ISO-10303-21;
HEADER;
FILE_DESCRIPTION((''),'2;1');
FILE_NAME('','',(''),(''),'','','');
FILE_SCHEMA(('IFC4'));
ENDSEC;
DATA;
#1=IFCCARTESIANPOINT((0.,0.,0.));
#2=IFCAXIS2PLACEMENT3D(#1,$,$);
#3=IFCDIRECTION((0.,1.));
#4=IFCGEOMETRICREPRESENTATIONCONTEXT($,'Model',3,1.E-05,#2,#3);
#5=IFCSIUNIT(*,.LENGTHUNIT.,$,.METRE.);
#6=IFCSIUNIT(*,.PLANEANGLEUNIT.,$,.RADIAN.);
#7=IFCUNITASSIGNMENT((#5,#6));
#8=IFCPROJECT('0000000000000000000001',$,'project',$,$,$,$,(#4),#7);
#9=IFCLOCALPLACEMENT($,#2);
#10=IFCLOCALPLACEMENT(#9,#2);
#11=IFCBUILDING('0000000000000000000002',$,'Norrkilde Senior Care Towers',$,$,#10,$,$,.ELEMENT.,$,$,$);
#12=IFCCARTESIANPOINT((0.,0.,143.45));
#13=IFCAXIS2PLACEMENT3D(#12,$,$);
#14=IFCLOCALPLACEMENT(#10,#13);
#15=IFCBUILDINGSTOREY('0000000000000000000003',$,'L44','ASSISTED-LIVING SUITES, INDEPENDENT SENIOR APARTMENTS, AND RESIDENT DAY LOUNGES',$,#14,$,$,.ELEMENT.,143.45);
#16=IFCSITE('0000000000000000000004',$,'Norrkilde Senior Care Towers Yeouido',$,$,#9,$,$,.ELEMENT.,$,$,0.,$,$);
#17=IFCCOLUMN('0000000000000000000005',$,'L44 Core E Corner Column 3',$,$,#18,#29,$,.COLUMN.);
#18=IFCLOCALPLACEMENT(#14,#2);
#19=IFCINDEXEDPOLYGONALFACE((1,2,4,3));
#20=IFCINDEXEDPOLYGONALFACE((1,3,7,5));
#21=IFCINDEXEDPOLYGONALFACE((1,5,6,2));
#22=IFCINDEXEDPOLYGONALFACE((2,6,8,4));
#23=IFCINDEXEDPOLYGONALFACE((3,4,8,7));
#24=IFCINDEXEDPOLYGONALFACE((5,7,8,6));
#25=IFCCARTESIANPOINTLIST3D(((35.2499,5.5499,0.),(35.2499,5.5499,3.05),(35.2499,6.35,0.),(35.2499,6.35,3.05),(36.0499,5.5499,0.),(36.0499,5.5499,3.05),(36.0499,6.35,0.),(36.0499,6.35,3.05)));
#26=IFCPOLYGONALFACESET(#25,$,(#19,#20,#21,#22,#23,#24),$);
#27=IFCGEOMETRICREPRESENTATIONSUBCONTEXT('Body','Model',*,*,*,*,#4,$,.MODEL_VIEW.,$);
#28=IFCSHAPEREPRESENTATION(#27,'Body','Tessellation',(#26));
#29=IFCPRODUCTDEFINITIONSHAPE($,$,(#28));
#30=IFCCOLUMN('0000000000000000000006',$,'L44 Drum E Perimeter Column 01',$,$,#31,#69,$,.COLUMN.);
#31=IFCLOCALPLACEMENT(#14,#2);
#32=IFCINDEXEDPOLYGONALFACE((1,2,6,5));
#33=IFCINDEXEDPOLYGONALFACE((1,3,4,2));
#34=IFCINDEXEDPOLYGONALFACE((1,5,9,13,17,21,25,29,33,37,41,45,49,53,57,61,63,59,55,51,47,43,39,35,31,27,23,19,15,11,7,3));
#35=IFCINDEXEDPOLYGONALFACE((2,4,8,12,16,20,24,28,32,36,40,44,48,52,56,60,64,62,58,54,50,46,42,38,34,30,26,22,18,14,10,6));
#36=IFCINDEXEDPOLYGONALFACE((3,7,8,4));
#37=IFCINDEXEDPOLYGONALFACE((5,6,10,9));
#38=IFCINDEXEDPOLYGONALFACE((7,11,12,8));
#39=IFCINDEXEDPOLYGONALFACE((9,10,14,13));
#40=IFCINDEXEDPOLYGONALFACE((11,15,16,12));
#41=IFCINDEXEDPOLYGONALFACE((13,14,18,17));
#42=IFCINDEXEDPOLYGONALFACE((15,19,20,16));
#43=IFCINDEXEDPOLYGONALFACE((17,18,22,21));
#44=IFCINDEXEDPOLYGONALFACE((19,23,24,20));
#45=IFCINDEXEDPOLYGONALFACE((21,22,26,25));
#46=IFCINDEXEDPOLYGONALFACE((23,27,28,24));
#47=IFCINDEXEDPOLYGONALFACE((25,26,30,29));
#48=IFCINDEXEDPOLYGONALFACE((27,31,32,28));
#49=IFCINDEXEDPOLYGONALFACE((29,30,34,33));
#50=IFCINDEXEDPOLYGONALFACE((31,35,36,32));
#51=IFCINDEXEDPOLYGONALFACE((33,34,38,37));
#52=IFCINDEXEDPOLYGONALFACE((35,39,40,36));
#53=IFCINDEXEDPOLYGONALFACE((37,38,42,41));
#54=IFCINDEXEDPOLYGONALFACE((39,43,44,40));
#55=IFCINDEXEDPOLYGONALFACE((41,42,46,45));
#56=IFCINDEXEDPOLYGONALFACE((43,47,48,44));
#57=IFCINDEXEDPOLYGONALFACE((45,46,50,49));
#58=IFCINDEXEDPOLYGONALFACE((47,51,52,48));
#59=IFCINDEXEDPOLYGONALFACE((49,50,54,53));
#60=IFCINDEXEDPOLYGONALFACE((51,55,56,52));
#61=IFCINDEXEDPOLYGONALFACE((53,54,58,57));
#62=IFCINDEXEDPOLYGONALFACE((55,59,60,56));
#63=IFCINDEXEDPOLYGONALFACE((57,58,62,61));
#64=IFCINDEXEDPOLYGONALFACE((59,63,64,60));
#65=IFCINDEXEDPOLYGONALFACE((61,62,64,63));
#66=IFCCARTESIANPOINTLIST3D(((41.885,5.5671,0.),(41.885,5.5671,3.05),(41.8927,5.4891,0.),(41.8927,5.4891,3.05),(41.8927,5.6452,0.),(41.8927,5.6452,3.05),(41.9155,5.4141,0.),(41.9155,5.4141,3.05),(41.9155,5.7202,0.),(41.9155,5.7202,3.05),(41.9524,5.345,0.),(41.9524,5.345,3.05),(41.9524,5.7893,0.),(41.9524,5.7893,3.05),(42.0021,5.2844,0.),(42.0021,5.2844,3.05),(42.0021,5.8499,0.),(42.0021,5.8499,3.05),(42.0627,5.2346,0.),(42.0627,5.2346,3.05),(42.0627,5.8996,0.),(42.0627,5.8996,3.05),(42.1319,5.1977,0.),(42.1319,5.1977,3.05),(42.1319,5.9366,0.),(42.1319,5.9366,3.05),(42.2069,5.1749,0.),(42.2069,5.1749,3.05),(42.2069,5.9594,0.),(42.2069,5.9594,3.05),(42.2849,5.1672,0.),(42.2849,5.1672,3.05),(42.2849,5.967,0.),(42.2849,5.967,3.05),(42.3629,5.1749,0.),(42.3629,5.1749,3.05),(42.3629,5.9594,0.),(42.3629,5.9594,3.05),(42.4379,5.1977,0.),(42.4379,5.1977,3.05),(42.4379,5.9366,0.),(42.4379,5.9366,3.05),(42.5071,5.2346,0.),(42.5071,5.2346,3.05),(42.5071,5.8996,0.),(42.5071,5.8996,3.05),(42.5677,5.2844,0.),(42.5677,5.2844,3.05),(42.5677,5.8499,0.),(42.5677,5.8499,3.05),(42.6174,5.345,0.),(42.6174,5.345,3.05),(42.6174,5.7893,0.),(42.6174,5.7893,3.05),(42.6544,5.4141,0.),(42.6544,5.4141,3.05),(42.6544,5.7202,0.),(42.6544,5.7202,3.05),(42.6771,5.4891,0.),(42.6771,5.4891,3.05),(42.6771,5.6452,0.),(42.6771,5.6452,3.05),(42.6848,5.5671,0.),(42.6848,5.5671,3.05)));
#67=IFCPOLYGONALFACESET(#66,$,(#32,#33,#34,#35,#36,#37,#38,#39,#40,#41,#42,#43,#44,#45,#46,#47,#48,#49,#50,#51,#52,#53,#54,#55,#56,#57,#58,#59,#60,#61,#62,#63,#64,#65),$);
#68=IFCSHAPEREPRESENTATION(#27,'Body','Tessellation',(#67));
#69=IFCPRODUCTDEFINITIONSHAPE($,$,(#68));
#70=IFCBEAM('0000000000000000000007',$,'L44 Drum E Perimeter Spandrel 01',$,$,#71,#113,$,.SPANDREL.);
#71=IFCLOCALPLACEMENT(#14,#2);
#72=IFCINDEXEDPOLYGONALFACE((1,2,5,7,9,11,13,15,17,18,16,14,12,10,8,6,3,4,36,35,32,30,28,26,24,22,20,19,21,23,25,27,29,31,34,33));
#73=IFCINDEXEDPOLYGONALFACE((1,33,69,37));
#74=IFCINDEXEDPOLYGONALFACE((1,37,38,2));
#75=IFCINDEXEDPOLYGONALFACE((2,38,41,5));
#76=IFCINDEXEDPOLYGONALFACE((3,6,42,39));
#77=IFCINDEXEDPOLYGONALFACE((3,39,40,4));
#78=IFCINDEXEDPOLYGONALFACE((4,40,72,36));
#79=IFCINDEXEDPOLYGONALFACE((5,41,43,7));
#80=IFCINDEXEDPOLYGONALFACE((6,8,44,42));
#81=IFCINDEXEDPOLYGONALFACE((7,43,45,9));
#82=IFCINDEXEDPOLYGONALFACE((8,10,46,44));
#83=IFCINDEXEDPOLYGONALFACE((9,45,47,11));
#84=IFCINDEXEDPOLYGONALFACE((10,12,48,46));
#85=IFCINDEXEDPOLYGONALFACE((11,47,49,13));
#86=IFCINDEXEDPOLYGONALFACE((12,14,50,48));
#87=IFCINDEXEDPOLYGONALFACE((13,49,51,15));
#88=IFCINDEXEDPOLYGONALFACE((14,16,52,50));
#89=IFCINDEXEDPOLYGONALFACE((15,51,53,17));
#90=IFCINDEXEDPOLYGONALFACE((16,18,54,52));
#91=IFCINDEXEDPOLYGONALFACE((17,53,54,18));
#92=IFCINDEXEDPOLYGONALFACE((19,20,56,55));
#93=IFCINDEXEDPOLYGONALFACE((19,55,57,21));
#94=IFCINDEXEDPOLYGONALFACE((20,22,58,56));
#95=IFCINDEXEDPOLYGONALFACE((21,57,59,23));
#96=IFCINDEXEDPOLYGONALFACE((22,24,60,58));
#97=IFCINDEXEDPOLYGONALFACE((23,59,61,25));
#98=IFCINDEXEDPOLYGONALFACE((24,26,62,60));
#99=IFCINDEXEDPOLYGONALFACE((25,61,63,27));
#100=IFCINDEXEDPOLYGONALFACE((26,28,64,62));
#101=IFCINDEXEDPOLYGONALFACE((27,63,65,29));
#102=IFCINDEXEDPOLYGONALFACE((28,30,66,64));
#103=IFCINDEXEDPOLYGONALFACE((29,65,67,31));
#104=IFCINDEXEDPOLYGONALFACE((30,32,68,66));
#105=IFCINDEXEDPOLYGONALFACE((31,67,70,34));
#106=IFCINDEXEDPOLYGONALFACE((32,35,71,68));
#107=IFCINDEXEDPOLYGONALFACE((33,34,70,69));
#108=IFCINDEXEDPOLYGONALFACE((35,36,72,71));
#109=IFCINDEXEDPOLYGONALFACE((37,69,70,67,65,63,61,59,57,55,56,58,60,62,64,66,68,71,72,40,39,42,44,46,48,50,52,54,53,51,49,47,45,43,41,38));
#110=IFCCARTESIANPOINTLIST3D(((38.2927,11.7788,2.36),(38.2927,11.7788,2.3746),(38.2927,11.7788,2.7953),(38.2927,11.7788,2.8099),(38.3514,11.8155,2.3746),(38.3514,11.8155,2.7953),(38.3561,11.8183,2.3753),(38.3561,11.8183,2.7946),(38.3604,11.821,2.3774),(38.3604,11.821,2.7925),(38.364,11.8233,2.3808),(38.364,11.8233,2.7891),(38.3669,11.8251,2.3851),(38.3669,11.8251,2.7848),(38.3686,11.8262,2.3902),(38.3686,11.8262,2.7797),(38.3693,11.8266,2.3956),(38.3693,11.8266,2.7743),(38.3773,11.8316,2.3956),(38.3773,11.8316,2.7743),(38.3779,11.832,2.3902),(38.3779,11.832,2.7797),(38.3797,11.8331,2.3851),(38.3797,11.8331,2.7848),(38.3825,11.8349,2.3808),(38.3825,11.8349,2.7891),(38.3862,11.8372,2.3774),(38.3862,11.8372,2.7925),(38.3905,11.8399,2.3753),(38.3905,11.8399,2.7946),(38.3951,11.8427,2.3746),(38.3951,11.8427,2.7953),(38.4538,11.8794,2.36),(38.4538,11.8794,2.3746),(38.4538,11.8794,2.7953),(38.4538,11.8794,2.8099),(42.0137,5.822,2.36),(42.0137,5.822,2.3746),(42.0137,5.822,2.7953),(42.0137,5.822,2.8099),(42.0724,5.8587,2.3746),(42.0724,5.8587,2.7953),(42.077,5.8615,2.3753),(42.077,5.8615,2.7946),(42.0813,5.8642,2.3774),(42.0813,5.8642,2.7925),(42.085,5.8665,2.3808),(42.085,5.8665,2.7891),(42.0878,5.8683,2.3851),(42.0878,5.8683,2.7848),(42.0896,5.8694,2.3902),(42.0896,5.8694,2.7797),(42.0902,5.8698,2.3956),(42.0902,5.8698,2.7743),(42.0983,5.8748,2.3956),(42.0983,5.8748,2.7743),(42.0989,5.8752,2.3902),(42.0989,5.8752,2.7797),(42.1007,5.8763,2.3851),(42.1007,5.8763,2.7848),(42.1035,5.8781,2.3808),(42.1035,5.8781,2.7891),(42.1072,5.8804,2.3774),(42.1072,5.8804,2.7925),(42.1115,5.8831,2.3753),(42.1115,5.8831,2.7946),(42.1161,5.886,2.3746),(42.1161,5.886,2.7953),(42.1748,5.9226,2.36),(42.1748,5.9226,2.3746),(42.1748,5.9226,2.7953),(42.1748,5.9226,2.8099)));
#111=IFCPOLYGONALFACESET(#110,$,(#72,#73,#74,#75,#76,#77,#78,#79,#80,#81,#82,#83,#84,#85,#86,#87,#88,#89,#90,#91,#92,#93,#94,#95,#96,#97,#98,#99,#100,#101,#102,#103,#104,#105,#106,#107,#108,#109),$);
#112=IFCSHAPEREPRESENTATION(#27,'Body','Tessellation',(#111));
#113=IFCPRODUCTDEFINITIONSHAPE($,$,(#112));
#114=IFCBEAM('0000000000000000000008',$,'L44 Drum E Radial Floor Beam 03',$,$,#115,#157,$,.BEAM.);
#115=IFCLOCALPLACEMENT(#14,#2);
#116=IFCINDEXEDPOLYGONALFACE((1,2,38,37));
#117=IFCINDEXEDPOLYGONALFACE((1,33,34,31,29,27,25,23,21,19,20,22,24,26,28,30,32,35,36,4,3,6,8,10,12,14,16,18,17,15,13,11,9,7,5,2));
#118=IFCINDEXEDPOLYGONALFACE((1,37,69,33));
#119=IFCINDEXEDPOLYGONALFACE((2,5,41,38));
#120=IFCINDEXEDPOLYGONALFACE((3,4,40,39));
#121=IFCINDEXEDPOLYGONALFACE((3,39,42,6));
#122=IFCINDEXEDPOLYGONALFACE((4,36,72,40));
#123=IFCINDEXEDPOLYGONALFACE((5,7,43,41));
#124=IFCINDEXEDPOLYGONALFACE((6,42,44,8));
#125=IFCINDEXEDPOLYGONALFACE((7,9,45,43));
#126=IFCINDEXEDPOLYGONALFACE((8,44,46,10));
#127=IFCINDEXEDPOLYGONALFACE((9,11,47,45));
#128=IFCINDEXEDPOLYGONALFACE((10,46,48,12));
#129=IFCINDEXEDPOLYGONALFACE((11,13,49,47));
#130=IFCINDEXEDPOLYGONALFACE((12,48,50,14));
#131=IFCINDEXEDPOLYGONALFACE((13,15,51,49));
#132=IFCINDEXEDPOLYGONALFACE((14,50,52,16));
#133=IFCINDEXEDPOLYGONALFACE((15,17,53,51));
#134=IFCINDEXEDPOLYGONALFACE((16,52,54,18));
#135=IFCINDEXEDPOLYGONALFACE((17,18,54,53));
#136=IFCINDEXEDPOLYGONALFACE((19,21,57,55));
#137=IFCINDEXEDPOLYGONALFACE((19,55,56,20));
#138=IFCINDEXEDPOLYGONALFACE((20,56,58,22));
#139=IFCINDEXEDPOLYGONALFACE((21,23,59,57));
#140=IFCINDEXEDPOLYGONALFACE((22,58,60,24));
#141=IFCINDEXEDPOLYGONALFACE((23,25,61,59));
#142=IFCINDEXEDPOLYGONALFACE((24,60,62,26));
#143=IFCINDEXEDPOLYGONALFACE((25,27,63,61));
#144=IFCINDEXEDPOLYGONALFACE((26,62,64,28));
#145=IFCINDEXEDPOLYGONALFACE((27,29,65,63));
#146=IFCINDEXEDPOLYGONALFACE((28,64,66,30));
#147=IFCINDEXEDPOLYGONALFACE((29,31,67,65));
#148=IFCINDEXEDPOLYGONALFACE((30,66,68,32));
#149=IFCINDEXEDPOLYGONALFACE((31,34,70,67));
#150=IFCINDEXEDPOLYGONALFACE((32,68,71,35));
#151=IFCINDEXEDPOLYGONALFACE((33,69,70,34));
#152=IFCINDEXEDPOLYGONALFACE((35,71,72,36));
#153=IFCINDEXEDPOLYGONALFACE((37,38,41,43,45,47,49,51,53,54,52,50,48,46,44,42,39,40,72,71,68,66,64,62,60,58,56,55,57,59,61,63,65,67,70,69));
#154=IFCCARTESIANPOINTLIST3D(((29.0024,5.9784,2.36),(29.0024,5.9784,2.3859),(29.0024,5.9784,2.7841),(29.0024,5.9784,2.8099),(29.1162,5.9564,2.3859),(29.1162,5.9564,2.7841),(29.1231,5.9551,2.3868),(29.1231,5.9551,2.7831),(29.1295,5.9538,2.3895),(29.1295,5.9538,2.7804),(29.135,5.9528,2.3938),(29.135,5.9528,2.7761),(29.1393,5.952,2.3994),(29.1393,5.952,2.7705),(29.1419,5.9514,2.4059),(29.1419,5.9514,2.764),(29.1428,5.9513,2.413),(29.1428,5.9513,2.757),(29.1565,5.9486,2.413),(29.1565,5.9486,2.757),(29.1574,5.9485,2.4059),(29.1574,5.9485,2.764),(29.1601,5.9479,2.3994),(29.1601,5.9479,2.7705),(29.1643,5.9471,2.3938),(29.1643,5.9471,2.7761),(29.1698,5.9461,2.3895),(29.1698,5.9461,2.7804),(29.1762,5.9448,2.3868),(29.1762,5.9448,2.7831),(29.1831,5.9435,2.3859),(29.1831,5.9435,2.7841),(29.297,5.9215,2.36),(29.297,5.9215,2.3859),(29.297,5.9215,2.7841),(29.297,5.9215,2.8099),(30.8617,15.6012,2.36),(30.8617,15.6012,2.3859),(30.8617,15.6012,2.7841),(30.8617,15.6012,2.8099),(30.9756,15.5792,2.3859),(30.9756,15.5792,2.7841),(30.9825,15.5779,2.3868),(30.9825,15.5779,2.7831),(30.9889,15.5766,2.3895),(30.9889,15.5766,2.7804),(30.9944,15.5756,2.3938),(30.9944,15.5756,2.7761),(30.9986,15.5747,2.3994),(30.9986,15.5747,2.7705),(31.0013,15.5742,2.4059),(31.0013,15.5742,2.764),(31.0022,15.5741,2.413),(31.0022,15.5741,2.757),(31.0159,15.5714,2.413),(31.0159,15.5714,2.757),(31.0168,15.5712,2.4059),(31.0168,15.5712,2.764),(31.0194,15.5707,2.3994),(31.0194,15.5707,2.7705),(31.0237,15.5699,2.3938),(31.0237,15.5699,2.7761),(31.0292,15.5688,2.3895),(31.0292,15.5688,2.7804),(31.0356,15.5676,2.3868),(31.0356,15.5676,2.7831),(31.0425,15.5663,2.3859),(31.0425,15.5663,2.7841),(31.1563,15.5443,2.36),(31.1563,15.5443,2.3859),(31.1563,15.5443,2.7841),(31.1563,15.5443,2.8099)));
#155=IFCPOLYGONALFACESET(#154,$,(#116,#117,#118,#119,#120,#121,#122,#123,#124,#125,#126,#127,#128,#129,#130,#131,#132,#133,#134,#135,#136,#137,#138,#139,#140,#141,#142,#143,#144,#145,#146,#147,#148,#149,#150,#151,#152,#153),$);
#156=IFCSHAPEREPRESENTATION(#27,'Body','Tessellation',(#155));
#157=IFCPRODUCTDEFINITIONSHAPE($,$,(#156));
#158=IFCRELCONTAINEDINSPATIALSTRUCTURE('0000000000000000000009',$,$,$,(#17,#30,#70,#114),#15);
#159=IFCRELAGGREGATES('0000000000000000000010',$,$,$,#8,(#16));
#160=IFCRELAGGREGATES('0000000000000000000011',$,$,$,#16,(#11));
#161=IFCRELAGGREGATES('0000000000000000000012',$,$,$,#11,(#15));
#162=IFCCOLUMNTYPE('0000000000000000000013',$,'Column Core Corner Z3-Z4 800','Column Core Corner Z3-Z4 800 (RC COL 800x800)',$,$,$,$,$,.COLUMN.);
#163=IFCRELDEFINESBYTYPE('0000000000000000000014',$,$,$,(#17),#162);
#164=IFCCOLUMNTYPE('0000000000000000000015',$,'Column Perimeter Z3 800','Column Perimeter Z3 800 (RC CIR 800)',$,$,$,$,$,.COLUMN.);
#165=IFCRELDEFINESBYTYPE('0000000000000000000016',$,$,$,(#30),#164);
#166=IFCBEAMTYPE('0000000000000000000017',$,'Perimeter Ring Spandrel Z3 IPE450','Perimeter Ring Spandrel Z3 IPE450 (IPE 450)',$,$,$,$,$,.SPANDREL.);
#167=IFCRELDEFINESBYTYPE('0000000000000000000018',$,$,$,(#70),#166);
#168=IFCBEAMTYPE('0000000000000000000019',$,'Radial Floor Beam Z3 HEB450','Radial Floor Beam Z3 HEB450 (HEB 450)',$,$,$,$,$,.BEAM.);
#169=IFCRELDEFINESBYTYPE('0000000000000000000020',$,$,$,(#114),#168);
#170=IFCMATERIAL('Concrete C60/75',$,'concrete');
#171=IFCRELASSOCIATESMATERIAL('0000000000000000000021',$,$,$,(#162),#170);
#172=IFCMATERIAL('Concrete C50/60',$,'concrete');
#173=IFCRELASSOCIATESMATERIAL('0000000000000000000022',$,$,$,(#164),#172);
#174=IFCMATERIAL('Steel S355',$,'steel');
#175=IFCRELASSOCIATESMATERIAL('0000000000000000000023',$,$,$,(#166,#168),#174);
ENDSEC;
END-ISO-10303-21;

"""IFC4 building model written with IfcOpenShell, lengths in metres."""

from ifc_helpers import new_model, si_unit, direction, frame, origin, origin_2d, place, context, subcontext, project, spatial, rectangle, circle, i_section, extrude, source, transform, mapped, material, material_profile, profile_set, type_object, type_shapes, element, save


model = new_model("IFC4")

# Units and contexts
model_context = context("Model", 3, precision=1e-05, world=origin(), true_north=direction((0.0, 1.0)))
body_context = subcontext(model_context, "Body", "Model", "MODEL_VIEW")
ifc_project = project(units=[si_unit("LENGTHUNIT", "METRE"), si_unit("PLANEANGLEUNIT", "RADIAN")], contexts=[model_context])

# Site, building, storey
site_placement = place(None, origin())
site = spatial("IfcSite", under=ifc_project, at=site_placement, Name="Norrkilde Senior Care Towers Yeouido", CompositionType="ELEMENT", RefElevation=0.0)
building_placement = place(site_placement, origin())
building = spatial("IfcBuilding", under=site, at=building_placement, Name="Norrkilde Senior Care Towers", CompositionType="ELEMENT")
storey_placement = place(building_placement, frame((0.0, 0.0, 143.45)))
storey = spatial("IfcBuildingStorey", under=building, at=storey_placement, Name="L44", Description="ASSISTED-LIVING SUITES, INDEPENDENT SENIOR APARTMENTS, AND RESIDENT DAY LOUNGES", CompositionType="ELEMENT", Elevation=143.45)

# Columns
ifc_material_1 = material(Name="Concrete C60/75", Category="concrete")
ifc_material_profile_1 = material_profile(ifc_material_1, rectangle(XDim=0.8, YDim=0.8, at=origin_2d()), Name="RC COL 800x800")
ifc_profile_set_1 = profile_set([ifc_material_profile_1], Name="Concrete C60/75")
column_type_1 = type_object("IfcColumnType", Name="Column Core Corner Z3-Z4 800", Description="Column Core Corner Z3-Z4 800 (RC COL 800x800)", PredefinedType="COLUMN", material=ifc_profile_set_1)
shared_shape_1 = source(origin(), body_context, "Body", "SweptSolid", [
    extrude(rectangle(XDim=0.8, YDim=0.8, at=origin_2d()), origin(), (0.0, 0.0, 1.0), 3.05),
])
type_shapes(column_type_1, [shared_shape_1])
column_1_placement = place(storey_placement, frame((35.6499, 5.95, 0.0), z_axis=(0.0, 0.0, 1.0), x_axis=(1.0, 0.0, 0.0)))
element("IfcColumn", 1, at=column_1_placement, inside=storey, type_object=column_type_1, Name="L44 Core E Corner Column 3", PredefinedType="COLUMN", context=body_context, shape_type="MappedRepresentation", body=[
    mapped(shared_shape_1, transform((0.0, 0.0, 0.0), x_axis=(1.0, 0.0, 0.0), y_axis=(0.0, 1.0, 0.0), z_axis=(0.0, 0.0, 1.0), scale=1.0)),
])
ifc_material_2 = material(Name="Concrete C50/60", Category="concrete")
ifc_material_profile_2 = material_profile(ifc_material_2, circle(Radius=0.3999, at=origin_2d()), Name="RC CIR 800")
ifc_profile_set_2 = profile_set([ifc_material_profile_2], Name="Concrete C50/60")
column_type_2 = type_object("IfcColumnType", Name="Column Perimeter Z3 800", Description="Column Perimeter Z3 800 (RC CIR 800)", PredefinedType="COLUMN", material=ifc_profile_set_2)
shared_shape_2 = source(origin(), body_context, "Body", "SweptSolid", [
    extrude(circle(Radius=0.3999, at=origin_2d()), origin(), (0.0, 0.0, 1.0), 3.05),
])
type_shapes(column_type_2, [shared_shape_2])
column_2_placement = place(storey_placement, frame((42.2849, 5.5671, 0.0), z_axis=(0.0, 0.0, 1.0), x_axis=(1.0, 0.0, 0.0)))
element("IfcColumn", 2, at=column_2_placement, inside=storey, type_object=column_type_2, Name="L44 Drum E Perimeter Column 01", PredefinedType="COLUMN", context=body_context, shape_type="MappedRepresentation", body=[
    mapped(shared_shape_2, transform((0.0, 0.0, 0.0), x_axis=(1.0, 0.0, 0.0), y_axis=(0.0, 1.0, 0.0), z_axis=(0.0, 0.0, 1.0), scale=1.0)),
])

# Beams
ifc_material_3 = material(Name="Steel S355", Category="steel")
ifc_material_profile_3 = material_profile(ifc_material_3, i_section(OverallWidth=0.1899, OverallDepth=0.45, WebThickness=0.0095, FlangeThickness=0.0146, FilletRadius=0.021, at=origin_2d()), Name="IPE 450")
ifc_profile_set_3 = profile_set([ifc_material_profile_3], Name="Steel S355")
beam_type_1 = type_object("IfcBeamType", Name="Perimeter Ring Spandrel Z3 IPE450", Description="Perimeter Ring Spandrel Z3 IPE450 (IPE 450)", PredefinedType="SPANDREL", material=ifc_profile_set_3)
shared_shape_3 = source(origin(), body_context, "Body", "SweptSolid", [
    extrude(i_section(OverallWidth=0.1899, OverallDepth=0.45, WebThickness=0.0095, FlangeThickness=0.0146, FilletRadius=0.021, at=origin_2d()), origin(), (0.0, 0.0, 1.0), 7.0234),
])
beam_1_placement = place(storey_placement, frame((42.0942, 5.8723, 2.585), z_axis=(-0.52979, 0.848129, 0.0), x_axis=(-0.848129, -0.52979, 0.0)))
element("IfcBeam", 3, at=beam_1_placement, inside=storey, type_object=beam_type_1, Name="L44 Drum E Perimeter Spandrel 01", PredefinedType="SPANDREL", context=body_context, shape_type="MappedRepresentation", body=[
    mapped(shared_shape_3, transform((0.0, 0.0, 0.0), x_axis=(1.0, 0.0, 0.0), y_axis=(0.0, 1.0, 0.0), z_axis=(0.0, 0.0, 1.0), scale=1.0)),
])
ifc_material_profile_4 = material_profile(ifc_material_3, i_section(OverallWidth=0.3, OverallDepth=0.45, WebThickness=0.0139, FlangeThickness=0.0259, FilletRadius=0.0271, at=origin_2d()), Name="HEB 450")
ifc_profile_set_4 = profile_set([ifc_material_profile_4], Name="Steel S355")
beam_type_2 = type_object("IfcBeamType", Name="Radial Floor Beam Z3 HEB450", Description="Radial Floor Beam Z3 HEB450 (HEB 450)", PredefinedType="BEAM", material=ifc_profile_set_4)
shared_shape_4 = source(origin(), body_context, "Body", "SweptSolid", [
    extrude(i_section(OverallWidth=0.3, OverallDepth=0.45, WebThickness=0.0139, FlangeThickness=0.0259, FilletRadius=0.0271, at=origin_2d()), origin(), (0.0, 0.0, 1.0), 9.8008),
])
beam_2_placement = place(storey_placement, frame((29.1497, 5.95, 2.585), z_axis=(0.189717, 0.981839, 0.0), x_axis=(-0.981839, 0.189717, 0.0)))
element("IfcBeam", 4, at=beam_2_placement, inside=storey, type_object=beam_type_2, Name="L44 Drum E Radial Floor Beam 03", PredefinedType="BEAM", context=body_context, shape_type="MappedRepresentation", body=[
    mapped(shared_shape_4, transform((0.0, 0.0, 0.0), x_axis=(1.0, 0.0, 0.0), y_axis=(0.0, 1.0, 0.0), z_axis=(0.0, 0.0, 1.0), scale=1.0)),
])

save(model, "model.ifc")
